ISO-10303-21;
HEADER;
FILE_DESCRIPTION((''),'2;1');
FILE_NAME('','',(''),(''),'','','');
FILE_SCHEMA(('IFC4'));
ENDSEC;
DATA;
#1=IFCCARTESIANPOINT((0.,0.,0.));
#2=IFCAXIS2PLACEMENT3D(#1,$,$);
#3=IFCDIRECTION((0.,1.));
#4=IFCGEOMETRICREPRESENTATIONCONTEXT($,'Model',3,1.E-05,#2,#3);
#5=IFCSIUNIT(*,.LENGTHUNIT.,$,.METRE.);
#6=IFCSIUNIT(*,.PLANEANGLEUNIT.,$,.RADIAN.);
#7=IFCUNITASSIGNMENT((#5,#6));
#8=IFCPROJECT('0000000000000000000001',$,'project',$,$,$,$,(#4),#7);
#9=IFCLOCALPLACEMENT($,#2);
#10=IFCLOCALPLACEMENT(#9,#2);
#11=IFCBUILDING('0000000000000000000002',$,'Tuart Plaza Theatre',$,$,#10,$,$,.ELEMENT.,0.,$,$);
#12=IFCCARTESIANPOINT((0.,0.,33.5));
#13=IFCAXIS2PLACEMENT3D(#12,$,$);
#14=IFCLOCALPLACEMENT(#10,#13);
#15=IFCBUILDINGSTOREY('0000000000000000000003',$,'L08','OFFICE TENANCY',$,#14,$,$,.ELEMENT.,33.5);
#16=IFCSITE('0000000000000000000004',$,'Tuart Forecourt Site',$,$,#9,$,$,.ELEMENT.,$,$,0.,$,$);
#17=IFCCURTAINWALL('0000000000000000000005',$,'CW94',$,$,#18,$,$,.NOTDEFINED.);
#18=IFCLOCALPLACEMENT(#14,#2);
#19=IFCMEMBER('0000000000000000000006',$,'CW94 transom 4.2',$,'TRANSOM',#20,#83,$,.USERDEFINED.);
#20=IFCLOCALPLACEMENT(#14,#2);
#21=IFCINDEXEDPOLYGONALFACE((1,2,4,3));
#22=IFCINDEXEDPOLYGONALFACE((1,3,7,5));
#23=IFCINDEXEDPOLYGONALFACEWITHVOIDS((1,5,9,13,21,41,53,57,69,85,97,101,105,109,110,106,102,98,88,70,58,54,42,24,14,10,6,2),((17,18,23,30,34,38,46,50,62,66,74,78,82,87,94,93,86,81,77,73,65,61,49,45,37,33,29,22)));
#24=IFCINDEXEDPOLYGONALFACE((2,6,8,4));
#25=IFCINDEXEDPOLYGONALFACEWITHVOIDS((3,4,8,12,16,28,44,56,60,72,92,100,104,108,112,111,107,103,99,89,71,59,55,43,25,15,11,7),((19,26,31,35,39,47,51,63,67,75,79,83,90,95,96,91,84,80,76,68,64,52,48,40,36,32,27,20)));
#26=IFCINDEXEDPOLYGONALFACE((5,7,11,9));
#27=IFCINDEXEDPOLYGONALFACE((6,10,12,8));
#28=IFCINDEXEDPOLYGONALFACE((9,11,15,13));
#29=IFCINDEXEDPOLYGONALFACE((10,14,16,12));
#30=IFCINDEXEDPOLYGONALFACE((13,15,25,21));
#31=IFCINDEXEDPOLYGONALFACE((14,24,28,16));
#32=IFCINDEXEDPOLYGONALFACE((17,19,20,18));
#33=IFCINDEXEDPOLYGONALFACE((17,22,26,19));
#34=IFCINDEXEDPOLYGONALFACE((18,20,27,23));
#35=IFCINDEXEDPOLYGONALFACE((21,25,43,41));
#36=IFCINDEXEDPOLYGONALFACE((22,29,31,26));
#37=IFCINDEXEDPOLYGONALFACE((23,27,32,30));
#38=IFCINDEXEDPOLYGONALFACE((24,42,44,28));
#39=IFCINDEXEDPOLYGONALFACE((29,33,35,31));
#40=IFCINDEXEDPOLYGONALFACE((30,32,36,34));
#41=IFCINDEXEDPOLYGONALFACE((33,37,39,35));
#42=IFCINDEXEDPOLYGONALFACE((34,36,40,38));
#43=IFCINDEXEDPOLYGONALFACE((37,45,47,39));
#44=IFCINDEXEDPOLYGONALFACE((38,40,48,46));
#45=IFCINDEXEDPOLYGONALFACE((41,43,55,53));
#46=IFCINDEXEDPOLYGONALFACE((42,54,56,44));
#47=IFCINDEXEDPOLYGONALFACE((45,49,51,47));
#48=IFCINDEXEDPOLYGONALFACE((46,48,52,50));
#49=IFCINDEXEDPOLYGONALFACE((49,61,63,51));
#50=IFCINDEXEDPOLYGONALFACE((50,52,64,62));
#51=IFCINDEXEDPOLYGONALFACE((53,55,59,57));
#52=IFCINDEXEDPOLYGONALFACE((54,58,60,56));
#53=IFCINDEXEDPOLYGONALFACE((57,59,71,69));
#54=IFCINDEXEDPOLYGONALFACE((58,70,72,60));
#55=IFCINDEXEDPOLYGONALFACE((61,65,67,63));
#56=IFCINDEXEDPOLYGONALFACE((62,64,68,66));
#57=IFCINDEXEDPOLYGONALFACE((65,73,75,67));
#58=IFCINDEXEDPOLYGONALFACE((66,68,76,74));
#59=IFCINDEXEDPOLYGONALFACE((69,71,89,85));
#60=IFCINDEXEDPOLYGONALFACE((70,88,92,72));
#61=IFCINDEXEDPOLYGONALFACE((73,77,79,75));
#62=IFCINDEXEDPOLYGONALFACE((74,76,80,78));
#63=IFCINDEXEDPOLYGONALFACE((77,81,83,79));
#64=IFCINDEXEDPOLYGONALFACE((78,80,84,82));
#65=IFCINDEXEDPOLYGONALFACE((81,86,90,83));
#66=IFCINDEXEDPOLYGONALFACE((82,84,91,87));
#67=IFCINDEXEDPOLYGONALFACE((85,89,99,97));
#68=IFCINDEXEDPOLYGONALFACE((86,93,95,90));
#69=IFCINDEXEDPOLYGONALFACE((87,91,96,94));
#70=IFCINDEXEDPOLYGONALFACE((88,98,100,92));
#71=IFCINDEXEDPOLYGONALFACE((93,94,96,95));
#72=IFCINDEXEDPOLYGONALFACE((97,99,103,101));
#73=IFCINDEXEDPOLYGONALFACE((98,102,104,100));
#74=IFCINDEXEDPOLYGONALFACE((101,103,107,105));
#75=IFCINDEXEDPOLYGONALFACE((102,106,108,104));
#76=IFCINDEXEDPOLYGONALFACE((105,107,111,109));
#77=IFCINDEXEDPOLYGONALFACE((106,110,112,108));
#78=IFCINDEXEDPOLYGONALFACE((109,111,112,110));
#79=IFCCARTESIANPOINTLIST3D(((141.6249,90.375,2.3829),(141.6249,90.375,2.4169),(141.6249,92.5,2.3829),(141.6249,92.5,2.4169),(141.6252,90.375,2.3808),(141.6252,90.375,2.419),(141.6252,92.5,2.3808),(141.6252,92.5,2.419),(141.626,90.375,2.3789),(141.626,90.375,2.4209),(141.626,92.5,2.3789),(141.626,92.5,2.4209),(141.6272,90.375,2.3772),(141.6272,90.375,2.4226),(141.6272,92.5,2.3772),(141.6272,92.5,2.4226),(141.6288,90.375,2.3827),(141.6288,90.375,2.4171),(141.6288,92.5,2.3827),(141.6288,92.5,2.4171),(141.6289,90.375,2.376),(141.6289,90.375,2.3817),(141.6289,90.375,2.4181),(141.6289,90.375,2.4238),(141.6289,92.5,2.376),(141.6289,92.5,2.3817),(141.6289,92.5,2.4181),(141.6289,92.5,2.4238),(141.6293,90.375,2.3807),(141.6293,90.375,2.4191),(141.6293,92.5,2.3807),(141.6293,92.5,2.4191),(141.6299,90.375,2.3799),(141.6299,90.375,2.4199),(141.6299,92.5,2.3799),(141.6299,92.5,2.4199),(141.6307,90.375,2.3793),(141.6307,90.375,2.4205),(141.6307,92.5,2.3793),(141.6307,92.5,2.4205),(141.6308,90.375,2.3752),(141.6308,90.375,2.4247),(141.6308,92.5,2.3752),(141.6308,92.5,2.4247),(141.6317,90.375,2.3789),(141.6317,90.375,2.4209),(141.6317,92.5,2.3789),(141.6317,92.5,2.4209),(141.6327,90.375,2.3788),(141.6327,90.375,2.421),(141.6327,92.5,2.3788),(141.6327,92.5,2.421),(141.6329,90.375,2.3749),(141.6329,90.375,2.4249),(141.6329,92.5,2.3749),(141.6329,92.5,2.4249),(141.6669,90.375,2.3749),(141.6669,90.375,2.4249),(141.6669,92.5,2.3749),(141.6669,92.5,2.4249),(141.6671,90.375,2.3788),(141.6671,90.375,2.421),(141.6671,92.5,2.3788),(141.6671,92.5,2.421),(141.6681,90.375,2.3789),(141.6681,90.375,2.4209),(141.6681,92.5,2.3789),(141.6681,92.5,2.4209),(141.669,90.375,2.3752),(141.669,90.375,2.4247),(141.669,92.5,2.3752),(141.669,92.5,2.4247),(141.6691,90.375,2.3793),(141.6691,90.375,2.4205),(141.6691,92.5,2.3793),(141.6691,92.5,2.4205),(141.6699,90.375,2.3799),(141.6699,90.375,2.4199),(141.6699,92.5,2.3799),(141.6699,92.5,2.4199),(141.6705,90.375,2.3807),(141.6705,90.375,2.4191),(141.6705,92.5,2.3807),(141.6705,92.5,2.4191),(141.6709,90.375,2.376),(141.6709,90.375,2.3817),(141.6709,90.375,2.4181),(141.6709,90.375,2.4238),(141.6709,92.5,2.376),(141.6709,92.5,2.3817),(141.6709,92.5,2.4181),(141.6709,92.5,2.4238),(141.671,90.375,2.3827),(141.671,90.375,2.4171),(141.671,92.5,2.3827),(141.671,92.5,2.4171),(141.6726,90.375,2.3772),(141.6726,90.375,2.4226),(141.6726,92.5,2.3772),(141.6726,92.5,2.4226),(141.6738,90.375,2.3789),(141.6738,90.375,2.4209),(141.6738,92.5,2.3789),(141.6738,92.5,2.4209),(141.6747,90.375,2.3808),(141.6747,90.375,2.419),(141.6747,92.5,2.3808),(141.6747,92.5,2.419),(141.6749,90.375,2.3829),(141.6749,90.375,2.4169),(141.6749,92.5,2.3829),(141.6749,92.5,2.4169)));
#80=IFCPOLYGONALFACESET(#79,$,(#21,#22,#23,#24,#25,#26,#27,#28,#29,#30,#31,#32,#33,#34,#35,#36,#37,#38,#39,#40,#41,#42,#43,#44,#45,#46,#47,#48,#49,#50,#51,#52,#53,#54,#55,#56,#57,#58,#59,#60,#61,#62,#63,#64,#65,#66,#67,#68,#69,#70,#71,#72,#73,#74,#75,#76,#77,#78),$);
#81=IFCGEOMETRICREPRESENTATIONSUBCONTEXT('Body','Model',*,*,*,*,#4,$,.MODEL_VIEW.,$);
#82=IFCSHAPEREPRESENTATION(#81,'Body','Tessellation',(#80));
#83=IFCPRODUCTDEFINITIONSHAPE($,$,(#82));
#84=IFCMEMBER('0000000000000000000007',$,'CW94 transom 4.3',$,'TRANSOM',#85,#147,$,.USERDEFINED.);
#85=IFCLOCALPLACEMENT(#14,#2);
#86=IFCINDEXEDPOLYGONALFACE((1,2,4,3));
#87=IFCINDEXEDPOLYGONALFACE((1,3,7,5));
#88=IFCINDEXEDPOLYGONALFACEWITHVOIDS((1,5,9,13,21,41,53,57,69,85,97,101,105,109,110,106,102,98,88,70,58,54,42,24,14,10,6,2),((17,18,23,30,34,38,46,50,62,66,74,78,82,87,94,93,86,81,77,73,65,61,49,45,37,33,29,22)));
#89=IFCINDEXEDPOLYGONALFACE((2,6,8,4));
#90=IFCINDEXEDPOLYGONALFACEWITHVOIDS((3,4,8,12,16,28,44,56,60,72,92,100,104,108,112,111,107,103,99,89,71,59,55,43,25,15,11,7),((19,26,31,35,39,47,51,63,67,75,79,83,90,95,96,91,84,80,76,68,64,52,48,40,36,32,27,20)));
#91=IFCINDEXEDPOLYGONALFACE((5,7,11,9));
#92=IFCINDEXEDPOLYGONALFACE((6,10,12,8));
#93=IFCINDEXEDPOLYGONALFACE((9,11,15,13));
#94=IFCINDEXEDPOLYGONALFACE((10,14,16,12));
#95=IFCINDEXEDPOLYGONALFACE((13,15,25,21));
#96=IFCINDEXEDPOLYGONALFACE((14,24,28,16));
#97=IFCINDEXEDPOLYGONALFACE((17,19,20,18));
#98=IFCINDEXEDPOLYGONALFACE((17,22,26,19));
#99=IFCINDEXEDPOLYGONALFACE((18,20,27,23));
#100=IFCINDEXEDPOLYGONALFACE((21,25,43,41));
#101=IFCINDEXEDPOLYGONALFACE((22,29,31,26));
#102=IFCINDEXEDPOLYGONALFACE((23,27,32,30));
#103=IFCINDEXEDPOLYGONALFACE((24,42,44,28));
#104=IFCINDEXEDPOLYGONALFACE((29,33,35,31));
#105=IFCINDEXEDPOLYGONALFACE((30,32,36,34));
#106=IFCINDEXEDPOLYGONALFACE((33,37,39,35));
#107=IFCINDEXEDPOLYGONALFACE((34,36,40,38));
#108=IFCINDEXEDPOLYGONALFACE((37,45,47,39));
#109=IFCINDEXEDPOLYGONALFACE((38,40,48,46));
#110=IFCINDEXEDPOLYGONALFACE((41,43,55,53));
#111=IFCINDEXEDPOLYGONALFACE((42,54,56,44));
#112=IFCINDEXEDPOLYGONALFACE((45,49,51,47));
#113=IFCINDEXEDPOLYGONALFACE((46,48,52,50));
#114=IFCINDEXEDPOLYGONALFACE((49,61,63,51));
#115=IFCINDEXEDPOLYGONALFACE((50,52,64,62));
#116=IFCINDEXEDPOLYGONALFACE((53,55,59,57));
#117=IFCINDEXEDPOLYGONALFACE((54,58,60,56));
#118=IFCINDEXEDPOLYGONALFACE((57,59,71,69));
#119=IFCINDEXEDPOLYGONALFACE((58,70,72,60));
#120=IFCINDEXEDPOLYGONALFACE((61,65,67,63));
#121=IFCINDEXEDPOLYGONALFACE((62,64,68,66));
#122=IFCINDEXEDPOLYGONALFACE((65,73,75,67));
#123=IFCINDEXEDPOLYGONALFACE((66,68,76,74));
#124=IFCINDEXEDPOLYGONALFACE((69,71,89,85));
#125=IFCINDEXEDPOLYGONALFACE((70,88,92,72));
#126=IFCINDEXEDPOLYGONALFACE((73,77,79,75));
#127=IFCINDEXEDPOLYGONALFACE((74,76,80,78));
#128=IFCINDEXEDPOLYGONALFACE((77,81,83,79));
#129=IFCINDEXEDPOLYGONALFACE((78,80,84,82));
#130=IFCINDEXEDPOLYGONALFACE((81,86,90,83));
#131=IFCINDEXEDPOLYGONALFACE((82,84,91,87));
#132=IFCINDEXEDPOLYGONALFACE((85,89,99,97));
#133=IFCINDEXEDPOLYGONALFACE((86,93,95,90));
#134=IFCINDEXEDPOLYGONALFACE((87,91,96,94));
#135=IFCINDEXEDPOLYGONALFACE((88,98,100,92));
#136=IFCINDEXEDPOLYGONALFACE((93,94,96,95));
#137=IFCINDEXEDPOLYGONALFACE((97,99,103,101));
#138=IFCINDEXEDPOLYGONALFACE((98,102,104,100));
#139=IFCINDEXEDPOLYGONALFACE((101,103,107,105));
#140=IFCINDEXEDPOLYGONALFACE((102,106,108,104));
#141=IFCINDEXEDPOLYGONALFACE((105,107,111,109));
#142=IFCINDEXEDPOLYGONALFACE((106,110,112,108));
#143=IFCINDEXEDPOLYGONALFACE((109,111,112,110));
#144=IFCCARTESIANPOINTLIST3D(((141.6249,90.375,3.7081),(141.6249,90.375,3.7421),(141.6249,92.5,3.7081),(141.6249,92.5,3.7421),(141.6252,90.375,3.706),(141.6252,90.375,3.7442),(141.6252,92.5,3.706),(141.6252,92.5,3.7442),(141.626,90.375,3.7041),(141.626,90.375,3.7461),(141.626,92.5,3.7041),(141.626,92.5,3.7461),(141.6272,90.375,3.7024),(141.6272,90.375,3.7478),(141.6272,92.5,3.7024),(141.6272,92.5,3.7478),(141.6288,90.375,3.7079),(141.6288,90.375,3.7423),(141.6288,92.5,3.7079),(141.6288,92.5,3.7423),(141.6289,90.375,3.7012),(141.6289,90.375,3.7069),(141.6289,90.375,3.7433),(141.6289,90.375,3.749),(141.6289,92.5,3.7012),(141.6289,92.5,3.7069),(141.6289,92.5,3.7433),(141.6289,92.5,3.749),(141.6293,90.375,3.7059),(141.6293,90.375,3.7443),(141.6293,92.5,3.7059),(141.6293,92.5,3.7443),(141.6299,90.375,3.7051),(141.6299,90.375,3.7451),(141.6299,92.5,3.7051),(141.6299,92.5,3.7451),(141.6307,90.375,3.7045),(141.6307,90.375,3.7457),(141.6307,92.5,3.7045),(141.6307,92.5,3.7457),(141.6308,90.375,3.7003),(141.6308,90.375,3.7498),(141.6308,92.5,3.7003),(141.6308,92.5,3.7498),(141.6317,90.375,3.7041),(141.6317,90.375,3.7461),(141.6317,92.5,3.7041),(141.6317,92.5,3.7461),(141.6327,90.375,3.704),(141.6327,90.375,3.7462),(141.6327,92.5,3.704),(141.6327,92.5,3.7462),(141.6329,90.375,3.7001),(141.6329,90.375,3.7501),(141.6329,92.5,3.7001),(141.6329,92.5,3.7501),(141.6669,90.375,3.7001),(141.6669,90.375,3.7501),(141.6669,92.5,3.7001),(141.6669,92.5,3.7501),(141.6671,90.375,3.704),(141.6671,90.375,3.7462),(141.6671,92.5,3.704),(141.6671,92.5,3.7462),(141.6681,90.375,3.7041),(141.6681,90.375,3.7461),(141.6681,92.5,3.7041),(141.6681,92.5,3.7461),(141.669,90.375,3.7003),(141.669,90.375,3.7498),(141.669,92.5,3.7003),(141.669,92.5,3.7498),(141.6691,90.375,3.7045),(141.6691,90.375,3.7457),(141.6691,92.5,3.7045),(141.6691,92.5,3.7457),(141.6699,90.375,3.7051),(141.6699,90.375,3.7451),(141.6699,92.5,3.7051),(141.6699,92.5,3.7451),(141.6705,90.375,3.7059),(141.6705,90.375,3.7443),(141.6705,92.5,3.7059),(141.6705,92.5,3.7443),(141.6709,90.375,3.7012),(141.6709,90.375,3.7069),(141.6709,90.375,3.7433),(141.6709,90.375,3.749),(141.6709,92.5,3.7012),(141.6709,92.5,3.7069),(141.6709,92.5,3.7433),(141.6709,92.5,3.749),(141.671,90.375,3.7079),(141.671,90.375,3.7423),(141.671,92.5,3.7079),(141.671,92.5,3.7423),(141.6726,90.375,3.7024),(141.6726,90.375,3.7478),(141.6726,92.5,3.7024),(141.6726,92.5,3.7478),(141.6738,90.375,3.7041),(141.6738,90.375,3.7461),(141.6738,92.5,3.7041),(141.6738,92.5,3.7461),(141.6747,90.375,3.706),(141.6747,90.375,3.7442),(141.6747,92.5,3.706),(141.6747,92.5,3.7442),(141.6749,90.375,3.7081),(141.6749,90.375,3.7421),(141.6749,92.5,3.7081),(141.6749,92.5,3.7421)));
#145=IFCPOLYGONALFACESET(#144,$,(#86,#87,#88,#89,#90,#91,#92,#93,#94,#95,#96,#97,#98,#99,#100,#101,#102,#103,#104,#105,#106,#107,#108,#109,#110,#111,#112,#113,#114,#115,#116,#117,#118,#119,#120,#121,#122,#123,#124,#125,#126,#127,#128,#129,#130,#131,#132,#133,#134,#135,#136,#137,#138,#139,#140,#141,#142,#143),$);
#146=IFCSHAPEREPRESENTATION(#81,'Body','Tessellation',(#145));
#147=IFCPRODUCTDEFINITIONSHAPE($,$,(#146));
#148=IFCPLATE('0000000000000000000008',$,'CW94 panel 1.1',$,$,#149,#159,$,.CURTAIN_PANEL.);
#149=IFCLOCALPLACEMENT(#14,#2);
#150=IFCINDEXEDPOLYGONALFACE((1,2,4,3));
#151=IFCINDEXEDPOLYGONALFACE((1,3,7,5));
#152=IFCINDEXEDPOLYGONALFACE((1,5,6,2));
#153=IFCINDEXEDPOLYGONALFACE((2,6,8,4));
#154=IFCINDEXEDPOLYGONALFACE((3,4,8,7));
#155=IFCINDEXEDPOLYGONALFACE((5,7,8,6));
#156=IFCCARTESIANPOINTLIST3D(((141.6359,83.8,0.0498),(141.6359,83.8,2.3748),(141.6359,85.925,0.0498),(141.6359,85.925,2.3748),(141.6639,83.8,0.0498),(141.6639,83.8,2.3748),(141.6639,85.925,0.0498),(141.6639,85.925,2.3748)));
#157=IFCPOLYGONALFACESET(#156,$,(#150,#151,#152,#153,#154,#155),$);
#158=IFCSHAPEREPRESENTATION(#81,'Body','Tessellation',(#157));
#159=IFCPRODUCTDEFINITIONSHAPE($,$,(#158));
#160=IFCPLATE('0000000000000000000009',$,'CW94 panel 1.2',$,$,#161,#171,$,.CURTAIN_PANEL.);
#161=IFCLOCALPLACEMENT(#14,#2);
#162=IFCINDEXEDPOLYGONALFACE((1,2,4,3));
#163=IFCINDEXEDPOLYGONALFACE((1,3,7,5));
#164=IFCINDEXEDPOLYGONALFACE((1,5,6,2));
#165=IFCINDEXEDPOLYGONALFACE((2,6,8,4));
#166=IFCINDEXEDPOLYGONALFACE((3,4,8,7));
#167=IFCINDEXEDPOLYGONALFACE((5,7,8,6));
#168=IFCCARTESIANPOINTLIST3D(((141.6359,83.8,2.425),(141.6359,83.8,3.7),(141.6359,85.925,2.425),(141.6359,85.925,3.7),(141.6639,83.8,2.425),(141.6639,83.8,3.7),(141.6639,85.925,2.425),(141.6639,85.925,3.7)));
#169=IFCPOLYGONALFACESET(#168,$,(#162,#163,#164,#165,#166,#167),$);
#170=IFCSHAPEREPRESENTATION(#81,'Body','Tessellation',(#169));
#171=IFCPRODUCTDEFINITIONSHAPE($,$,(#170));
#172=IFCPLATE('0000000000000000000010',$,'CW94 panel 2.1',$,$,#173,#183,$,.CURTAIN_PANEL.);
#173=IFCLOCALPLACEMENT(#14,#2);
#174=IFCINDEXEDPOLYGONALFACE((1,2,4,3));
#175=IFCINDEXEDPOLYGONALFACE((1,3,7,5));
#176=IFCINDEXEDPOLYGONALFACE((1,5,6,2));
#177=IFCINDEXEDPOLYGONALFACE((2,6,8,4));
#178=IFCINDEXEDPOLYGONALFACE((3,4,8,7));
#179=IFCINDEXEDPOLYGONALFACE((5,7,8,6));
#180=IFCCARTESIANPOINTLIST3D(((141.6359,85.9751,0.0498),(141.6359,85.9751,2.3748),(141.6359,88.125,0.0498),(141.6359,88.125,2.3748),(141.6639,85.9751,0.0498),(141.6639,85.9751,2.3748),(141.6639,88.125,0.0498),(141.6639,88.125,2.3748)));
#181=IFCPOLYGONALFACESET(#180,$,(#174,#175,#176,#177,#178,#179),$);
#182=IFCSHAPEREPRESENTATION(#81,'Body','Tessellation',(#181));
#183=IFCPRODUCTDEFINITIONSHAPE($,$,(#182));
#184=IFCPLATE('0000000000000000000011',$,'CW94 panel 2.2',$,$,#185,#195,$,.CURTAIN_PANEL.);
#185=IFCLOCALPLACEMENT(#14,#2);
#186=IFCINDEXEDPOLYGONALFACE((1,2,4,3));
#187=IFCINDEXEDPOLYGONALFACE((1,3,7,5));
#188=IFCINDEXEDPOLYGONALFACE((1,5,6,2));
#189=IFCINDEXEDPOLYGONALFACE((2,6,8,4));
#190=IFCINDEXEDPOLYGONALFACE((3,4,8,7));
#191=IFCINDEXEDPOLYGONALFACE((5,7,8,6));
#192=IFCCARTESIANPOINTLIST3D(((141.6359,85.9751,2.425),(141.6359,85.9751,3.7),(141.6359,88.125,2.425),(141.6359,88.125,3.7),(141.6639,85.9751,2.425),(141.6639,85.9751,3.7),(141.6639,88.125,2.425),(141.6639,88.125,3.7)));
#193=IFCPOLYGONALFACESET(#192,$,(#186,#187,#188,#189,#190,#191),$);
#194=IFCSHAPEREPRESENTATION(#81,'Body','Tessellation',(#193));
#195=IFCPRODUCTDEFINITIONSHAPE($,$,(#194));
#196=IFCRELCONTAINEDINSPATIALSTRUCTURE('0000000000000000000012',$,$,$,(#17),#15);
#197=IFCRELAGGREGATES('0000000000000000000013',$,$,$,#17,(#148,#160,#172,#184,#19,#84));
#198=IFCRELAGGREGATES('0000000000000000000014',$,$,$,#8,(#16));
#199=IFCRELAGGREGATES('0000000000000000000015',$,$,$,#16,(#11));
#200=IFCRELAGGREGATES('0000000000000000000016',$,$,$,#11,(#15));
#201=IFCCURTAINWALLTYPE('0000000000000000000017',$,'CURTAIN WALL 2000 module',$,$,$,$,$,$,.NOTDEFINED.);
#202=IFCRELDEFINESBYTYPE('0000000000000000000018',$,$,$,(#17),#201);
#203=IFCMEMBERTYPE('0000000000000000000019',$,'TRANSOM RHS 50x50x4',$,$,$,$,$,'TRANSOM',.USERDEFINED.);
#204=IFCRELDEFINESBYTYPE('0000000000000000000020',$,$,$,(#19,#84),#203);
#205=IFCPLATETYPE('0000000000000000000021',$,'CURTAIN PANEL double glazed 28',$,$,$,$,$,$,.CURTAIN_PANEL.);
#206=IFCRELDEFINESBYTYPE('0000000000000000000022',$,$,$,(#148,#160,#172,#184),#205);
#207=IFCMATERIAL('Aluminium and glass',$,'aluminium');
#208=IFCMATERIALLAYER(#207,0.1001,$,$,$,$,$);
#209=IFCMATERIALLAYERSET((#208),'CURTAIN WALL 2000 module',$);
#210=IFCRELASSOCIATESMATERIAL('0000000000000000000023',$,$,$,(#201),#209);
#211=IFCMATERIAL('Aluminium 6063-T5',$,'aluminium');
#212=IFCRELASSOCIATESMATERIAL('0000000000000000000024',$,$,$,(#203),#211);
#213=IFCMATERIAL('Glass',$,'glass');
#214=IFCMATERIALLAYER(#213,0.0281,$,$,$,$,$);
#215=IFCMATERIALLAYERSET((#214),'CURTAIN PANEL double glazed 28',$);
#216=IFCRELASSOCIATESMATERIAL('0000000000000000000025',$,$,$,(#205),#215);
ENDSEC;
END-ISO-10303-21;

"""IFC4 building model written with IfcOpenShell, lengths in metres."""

from ifc_helpers import new_model, si_unit, direction, frame, origin, origin_2d, place, context, subcontext, project, spatial, rectangle, hollow_rectangle, extrude, material, layer, layer_set, material_profile, profile_set, type_object, element, aggregate, save


model = new_model("IFC4")

# Units and contexts
model_context = context("Model", 3, precision=1e-05, world=origin(), true_north=direction((0.0, 1.0)))
body_context = subcontext(model_context, "Body", "Model", "MODEL_VIEW")
ifc_project = project(units=[si_unit("LENGTHUNIT", "METRE"), si_unit("PLANEANGLEUNIT", "RADIAN")], contexts=[model_context])

# Site, building, storey
site_placement = place(None, origin())
site = spatial("IfcSite", under=ifc_project, at=site_placement, Name="Tuart Forecourt Site", CompositionType="ELEMENT", RefElevation=0.0)
building_placement = place(site_placement, origin())
building = spatial("IfcBuilding", under=site, at=building_placement, Name="Tuart Plaza Theatre", CompositionType="ELEMENT", ElevationOfRefHeight=0.0)
storey_placement = place(building_placement, frame((0.0, 0.0, 33.5)))
storey = spatial("IfcBuildingStorey", under=building, at=storey_placement, Name="L08", Description="OFFICE TENANCY", CompositionType="ELEMENT", Elevation=33.5)

# Curtain wall, members, plates
ifc_material_1 = material(Name="Aluminium and glass", Category="aluminium")
ifc_layer_1 = layer(ifc_material_1, 0.1001)
ifc_layer_set_1 = layer_set([ifc_layer_1], Name="CURTAIN WALL 2000 module")
curtain_wall_type = type_object("IfcCurtainWallType", Name="CURTAIN WALL 2000 module", PredefinedType="NOTDEFINED", material=ifc_layer_set_1)
curtain_wall_placement = place(storey_placement, origin())
curtain_wall = element("IfcCurtainWall", 1, at=curtain_wall_placement, inside=storey, type_object=curtain_wall_type, Name="CW94", PredefinedType="NOTDEFINED")
ifc_material_2 = material(Name="Aluminium 6063-T5", Category="aluminium")
ifc_material_profile_1 = material_profile(ifc_material_2, hollow_rectangle(XDim=0.05, YDim=0.05, WallThickness=0.0039, InnerFilletRadius=0.0039, OuterFilletRadius=0.0081, at=origin_2d()), Name="RHS 50x50x4")
ifc_profile_set_1 = profile_set([ifc_material_profile_1], Name="Aluminium 6063-T5")
member_type_1 = type_object("IfcMemberType", Name="TRANSOM RHS 50x50x4", ElementType="TRANSOM", PredefinedType="USERDEFINED", material=ifc_profile_set_1)
member_1_placement = place(storey_placement, frame((141.6499, 90.375, 2.3999), z_axis=(0.0, 1.0, 0.0), x_axis=(-1.0, 0.0, 0.0)))
member_1 = element("IfcMember", 2, at=member_1_placement, type_object=member_type_1, Name="CW94 transom 4.2", ObjectType="TRANSOM", PredefinedType="USERDEFINED", context=body_context, shape_type="SweptSolid", body=[
    extrude(hollow_rectangle(XDim=0.05, YDim=0.05, WallThickness=0.0039, InnerFilletRadius=0.0039, OuterFilletRadius=0.0081, at=origin_2d()), origin(), (0.0, 0.0, 1.0), 2.125),
])
member_2_placement = place(storey_placement, frame((141.6499, 90.375, 3.7251), z_axis=(0.0, 1.0, 0.0), x_axis=(-1.0, 0.0, 0.0)))
member_2 = element("IfcMember", 3, at=member_2_placement, type_object=member_type_1, Name="CW94 transom 4.3", ObjectType="TRANSOM", PredefinedType="USERDEFINED", context=body_context, shape_type="SweptSolid", body=[
    extrude(hollow_rectangle(XDim=0.05, YDim=0.05, WallThickness=0.0039, InnerFilletRadius=0.0039, OuterFilletRadius=0.0081, at=origin_2d()), origin(), (0.0, 0.0, 1.0), 2.125),
])
ifc_material_3 = material(Name="Glass", Category="glass")
ifc_layer_2 = layer(ifc_material_3, 0.0281)
ifc_layer_set_2 = layer_set([ifc_layer_2], Name="CURTAIN PANEL double glazed 28")
plate_type = type_object("IfcPlateType", Name="CURTAIN PANEL double glazed 28", PredefinedType="CURTAIN_PANEL", material=ifc_layer_set_2)
plate_1_placement = place(storey_placement, frame((141.6499, 84.8625, 0.0498), z_axis=(0.0, 0.0, 1.0), x_axis=(0.0, 1.0, 0.0)))
plate_1 = element("IfcPlate", 4, at=plate_1_placement, type_object=plate_type, Name="CW94 panel 1.1", PredefinedType="CURTAIN_PANEL", context=body_context, shape_type="SweptSolid", body=[
    extrude(rectangle(XDim=2.125, YDim=0.0281, at=origin_2d()), origin(), (0.0, 0.0, 1.0), 2.325),
])
plate_2_placement = place(storey_placement, frame((141.6499, 84.8625, 2.425), z_axis=(0.0, 0.0, 1.0), x_axis=(0.0, 1.0, 0.0)))
plate_2 = element("IfcPlate", 5, at=plate_2_placement, type_object=plate_type, Name="CW94 panel 1.2", PredefinedType="CURTAIN_PANEL", context=body_context, shape_type="SweptSolid", body=[
    extrude(rectangle(XDim=2.125, YDim=0.0281, at=origin_2d()), origin(), (0.0, 0.0, 1.0), 1.2749),
])
plate_3_placement = place(storey_placement, frame((141.6499, 87.05, 0.0498), z_axis=(0.0, 0.0, 1.0), x_axis=(0.0, 1.0, 0.0)))
plate_3 = element("IfcPlate", 6, at=plate_3_placement, type_object=plate_type, Name="CW94 panel 2.1", PredefinedType="CURTAIN_PANEL", context=body_context, shape_type="SweptSolid", body=[
    extrude(rectangle(XDim=2.1499, YDim=0.0281, at=origin_2d()), origin(), (0.0, 0.0, 1.0), 2.325),
])
plate_4_placement = place(storey_placement, frame((141.6499, 87.05, 2.425), z_axis=(0.0, 0.0, 1.0), x_axis=(0.0, 1.0, 0.0)))
plate_4 = element("IfcPlate", 7, at=plate_4_placement, type_object=plate_type, Name="CW94 panel 2.2", PredefinedType="CURTAIN_PANEL", context=body_context, shape_type="SweptSolid", body=[
    extrude(rectangle(XDim=2.1499, YDim=0.0281, at=origin_2d()), origin(), (0.0, 0.0, 1.0), 1.2749),
])
aggregate(curtain_wall, [plate_1, plate_2, plate_3, plate_4, member_1, member_2])

save(model, "model.ifc")
